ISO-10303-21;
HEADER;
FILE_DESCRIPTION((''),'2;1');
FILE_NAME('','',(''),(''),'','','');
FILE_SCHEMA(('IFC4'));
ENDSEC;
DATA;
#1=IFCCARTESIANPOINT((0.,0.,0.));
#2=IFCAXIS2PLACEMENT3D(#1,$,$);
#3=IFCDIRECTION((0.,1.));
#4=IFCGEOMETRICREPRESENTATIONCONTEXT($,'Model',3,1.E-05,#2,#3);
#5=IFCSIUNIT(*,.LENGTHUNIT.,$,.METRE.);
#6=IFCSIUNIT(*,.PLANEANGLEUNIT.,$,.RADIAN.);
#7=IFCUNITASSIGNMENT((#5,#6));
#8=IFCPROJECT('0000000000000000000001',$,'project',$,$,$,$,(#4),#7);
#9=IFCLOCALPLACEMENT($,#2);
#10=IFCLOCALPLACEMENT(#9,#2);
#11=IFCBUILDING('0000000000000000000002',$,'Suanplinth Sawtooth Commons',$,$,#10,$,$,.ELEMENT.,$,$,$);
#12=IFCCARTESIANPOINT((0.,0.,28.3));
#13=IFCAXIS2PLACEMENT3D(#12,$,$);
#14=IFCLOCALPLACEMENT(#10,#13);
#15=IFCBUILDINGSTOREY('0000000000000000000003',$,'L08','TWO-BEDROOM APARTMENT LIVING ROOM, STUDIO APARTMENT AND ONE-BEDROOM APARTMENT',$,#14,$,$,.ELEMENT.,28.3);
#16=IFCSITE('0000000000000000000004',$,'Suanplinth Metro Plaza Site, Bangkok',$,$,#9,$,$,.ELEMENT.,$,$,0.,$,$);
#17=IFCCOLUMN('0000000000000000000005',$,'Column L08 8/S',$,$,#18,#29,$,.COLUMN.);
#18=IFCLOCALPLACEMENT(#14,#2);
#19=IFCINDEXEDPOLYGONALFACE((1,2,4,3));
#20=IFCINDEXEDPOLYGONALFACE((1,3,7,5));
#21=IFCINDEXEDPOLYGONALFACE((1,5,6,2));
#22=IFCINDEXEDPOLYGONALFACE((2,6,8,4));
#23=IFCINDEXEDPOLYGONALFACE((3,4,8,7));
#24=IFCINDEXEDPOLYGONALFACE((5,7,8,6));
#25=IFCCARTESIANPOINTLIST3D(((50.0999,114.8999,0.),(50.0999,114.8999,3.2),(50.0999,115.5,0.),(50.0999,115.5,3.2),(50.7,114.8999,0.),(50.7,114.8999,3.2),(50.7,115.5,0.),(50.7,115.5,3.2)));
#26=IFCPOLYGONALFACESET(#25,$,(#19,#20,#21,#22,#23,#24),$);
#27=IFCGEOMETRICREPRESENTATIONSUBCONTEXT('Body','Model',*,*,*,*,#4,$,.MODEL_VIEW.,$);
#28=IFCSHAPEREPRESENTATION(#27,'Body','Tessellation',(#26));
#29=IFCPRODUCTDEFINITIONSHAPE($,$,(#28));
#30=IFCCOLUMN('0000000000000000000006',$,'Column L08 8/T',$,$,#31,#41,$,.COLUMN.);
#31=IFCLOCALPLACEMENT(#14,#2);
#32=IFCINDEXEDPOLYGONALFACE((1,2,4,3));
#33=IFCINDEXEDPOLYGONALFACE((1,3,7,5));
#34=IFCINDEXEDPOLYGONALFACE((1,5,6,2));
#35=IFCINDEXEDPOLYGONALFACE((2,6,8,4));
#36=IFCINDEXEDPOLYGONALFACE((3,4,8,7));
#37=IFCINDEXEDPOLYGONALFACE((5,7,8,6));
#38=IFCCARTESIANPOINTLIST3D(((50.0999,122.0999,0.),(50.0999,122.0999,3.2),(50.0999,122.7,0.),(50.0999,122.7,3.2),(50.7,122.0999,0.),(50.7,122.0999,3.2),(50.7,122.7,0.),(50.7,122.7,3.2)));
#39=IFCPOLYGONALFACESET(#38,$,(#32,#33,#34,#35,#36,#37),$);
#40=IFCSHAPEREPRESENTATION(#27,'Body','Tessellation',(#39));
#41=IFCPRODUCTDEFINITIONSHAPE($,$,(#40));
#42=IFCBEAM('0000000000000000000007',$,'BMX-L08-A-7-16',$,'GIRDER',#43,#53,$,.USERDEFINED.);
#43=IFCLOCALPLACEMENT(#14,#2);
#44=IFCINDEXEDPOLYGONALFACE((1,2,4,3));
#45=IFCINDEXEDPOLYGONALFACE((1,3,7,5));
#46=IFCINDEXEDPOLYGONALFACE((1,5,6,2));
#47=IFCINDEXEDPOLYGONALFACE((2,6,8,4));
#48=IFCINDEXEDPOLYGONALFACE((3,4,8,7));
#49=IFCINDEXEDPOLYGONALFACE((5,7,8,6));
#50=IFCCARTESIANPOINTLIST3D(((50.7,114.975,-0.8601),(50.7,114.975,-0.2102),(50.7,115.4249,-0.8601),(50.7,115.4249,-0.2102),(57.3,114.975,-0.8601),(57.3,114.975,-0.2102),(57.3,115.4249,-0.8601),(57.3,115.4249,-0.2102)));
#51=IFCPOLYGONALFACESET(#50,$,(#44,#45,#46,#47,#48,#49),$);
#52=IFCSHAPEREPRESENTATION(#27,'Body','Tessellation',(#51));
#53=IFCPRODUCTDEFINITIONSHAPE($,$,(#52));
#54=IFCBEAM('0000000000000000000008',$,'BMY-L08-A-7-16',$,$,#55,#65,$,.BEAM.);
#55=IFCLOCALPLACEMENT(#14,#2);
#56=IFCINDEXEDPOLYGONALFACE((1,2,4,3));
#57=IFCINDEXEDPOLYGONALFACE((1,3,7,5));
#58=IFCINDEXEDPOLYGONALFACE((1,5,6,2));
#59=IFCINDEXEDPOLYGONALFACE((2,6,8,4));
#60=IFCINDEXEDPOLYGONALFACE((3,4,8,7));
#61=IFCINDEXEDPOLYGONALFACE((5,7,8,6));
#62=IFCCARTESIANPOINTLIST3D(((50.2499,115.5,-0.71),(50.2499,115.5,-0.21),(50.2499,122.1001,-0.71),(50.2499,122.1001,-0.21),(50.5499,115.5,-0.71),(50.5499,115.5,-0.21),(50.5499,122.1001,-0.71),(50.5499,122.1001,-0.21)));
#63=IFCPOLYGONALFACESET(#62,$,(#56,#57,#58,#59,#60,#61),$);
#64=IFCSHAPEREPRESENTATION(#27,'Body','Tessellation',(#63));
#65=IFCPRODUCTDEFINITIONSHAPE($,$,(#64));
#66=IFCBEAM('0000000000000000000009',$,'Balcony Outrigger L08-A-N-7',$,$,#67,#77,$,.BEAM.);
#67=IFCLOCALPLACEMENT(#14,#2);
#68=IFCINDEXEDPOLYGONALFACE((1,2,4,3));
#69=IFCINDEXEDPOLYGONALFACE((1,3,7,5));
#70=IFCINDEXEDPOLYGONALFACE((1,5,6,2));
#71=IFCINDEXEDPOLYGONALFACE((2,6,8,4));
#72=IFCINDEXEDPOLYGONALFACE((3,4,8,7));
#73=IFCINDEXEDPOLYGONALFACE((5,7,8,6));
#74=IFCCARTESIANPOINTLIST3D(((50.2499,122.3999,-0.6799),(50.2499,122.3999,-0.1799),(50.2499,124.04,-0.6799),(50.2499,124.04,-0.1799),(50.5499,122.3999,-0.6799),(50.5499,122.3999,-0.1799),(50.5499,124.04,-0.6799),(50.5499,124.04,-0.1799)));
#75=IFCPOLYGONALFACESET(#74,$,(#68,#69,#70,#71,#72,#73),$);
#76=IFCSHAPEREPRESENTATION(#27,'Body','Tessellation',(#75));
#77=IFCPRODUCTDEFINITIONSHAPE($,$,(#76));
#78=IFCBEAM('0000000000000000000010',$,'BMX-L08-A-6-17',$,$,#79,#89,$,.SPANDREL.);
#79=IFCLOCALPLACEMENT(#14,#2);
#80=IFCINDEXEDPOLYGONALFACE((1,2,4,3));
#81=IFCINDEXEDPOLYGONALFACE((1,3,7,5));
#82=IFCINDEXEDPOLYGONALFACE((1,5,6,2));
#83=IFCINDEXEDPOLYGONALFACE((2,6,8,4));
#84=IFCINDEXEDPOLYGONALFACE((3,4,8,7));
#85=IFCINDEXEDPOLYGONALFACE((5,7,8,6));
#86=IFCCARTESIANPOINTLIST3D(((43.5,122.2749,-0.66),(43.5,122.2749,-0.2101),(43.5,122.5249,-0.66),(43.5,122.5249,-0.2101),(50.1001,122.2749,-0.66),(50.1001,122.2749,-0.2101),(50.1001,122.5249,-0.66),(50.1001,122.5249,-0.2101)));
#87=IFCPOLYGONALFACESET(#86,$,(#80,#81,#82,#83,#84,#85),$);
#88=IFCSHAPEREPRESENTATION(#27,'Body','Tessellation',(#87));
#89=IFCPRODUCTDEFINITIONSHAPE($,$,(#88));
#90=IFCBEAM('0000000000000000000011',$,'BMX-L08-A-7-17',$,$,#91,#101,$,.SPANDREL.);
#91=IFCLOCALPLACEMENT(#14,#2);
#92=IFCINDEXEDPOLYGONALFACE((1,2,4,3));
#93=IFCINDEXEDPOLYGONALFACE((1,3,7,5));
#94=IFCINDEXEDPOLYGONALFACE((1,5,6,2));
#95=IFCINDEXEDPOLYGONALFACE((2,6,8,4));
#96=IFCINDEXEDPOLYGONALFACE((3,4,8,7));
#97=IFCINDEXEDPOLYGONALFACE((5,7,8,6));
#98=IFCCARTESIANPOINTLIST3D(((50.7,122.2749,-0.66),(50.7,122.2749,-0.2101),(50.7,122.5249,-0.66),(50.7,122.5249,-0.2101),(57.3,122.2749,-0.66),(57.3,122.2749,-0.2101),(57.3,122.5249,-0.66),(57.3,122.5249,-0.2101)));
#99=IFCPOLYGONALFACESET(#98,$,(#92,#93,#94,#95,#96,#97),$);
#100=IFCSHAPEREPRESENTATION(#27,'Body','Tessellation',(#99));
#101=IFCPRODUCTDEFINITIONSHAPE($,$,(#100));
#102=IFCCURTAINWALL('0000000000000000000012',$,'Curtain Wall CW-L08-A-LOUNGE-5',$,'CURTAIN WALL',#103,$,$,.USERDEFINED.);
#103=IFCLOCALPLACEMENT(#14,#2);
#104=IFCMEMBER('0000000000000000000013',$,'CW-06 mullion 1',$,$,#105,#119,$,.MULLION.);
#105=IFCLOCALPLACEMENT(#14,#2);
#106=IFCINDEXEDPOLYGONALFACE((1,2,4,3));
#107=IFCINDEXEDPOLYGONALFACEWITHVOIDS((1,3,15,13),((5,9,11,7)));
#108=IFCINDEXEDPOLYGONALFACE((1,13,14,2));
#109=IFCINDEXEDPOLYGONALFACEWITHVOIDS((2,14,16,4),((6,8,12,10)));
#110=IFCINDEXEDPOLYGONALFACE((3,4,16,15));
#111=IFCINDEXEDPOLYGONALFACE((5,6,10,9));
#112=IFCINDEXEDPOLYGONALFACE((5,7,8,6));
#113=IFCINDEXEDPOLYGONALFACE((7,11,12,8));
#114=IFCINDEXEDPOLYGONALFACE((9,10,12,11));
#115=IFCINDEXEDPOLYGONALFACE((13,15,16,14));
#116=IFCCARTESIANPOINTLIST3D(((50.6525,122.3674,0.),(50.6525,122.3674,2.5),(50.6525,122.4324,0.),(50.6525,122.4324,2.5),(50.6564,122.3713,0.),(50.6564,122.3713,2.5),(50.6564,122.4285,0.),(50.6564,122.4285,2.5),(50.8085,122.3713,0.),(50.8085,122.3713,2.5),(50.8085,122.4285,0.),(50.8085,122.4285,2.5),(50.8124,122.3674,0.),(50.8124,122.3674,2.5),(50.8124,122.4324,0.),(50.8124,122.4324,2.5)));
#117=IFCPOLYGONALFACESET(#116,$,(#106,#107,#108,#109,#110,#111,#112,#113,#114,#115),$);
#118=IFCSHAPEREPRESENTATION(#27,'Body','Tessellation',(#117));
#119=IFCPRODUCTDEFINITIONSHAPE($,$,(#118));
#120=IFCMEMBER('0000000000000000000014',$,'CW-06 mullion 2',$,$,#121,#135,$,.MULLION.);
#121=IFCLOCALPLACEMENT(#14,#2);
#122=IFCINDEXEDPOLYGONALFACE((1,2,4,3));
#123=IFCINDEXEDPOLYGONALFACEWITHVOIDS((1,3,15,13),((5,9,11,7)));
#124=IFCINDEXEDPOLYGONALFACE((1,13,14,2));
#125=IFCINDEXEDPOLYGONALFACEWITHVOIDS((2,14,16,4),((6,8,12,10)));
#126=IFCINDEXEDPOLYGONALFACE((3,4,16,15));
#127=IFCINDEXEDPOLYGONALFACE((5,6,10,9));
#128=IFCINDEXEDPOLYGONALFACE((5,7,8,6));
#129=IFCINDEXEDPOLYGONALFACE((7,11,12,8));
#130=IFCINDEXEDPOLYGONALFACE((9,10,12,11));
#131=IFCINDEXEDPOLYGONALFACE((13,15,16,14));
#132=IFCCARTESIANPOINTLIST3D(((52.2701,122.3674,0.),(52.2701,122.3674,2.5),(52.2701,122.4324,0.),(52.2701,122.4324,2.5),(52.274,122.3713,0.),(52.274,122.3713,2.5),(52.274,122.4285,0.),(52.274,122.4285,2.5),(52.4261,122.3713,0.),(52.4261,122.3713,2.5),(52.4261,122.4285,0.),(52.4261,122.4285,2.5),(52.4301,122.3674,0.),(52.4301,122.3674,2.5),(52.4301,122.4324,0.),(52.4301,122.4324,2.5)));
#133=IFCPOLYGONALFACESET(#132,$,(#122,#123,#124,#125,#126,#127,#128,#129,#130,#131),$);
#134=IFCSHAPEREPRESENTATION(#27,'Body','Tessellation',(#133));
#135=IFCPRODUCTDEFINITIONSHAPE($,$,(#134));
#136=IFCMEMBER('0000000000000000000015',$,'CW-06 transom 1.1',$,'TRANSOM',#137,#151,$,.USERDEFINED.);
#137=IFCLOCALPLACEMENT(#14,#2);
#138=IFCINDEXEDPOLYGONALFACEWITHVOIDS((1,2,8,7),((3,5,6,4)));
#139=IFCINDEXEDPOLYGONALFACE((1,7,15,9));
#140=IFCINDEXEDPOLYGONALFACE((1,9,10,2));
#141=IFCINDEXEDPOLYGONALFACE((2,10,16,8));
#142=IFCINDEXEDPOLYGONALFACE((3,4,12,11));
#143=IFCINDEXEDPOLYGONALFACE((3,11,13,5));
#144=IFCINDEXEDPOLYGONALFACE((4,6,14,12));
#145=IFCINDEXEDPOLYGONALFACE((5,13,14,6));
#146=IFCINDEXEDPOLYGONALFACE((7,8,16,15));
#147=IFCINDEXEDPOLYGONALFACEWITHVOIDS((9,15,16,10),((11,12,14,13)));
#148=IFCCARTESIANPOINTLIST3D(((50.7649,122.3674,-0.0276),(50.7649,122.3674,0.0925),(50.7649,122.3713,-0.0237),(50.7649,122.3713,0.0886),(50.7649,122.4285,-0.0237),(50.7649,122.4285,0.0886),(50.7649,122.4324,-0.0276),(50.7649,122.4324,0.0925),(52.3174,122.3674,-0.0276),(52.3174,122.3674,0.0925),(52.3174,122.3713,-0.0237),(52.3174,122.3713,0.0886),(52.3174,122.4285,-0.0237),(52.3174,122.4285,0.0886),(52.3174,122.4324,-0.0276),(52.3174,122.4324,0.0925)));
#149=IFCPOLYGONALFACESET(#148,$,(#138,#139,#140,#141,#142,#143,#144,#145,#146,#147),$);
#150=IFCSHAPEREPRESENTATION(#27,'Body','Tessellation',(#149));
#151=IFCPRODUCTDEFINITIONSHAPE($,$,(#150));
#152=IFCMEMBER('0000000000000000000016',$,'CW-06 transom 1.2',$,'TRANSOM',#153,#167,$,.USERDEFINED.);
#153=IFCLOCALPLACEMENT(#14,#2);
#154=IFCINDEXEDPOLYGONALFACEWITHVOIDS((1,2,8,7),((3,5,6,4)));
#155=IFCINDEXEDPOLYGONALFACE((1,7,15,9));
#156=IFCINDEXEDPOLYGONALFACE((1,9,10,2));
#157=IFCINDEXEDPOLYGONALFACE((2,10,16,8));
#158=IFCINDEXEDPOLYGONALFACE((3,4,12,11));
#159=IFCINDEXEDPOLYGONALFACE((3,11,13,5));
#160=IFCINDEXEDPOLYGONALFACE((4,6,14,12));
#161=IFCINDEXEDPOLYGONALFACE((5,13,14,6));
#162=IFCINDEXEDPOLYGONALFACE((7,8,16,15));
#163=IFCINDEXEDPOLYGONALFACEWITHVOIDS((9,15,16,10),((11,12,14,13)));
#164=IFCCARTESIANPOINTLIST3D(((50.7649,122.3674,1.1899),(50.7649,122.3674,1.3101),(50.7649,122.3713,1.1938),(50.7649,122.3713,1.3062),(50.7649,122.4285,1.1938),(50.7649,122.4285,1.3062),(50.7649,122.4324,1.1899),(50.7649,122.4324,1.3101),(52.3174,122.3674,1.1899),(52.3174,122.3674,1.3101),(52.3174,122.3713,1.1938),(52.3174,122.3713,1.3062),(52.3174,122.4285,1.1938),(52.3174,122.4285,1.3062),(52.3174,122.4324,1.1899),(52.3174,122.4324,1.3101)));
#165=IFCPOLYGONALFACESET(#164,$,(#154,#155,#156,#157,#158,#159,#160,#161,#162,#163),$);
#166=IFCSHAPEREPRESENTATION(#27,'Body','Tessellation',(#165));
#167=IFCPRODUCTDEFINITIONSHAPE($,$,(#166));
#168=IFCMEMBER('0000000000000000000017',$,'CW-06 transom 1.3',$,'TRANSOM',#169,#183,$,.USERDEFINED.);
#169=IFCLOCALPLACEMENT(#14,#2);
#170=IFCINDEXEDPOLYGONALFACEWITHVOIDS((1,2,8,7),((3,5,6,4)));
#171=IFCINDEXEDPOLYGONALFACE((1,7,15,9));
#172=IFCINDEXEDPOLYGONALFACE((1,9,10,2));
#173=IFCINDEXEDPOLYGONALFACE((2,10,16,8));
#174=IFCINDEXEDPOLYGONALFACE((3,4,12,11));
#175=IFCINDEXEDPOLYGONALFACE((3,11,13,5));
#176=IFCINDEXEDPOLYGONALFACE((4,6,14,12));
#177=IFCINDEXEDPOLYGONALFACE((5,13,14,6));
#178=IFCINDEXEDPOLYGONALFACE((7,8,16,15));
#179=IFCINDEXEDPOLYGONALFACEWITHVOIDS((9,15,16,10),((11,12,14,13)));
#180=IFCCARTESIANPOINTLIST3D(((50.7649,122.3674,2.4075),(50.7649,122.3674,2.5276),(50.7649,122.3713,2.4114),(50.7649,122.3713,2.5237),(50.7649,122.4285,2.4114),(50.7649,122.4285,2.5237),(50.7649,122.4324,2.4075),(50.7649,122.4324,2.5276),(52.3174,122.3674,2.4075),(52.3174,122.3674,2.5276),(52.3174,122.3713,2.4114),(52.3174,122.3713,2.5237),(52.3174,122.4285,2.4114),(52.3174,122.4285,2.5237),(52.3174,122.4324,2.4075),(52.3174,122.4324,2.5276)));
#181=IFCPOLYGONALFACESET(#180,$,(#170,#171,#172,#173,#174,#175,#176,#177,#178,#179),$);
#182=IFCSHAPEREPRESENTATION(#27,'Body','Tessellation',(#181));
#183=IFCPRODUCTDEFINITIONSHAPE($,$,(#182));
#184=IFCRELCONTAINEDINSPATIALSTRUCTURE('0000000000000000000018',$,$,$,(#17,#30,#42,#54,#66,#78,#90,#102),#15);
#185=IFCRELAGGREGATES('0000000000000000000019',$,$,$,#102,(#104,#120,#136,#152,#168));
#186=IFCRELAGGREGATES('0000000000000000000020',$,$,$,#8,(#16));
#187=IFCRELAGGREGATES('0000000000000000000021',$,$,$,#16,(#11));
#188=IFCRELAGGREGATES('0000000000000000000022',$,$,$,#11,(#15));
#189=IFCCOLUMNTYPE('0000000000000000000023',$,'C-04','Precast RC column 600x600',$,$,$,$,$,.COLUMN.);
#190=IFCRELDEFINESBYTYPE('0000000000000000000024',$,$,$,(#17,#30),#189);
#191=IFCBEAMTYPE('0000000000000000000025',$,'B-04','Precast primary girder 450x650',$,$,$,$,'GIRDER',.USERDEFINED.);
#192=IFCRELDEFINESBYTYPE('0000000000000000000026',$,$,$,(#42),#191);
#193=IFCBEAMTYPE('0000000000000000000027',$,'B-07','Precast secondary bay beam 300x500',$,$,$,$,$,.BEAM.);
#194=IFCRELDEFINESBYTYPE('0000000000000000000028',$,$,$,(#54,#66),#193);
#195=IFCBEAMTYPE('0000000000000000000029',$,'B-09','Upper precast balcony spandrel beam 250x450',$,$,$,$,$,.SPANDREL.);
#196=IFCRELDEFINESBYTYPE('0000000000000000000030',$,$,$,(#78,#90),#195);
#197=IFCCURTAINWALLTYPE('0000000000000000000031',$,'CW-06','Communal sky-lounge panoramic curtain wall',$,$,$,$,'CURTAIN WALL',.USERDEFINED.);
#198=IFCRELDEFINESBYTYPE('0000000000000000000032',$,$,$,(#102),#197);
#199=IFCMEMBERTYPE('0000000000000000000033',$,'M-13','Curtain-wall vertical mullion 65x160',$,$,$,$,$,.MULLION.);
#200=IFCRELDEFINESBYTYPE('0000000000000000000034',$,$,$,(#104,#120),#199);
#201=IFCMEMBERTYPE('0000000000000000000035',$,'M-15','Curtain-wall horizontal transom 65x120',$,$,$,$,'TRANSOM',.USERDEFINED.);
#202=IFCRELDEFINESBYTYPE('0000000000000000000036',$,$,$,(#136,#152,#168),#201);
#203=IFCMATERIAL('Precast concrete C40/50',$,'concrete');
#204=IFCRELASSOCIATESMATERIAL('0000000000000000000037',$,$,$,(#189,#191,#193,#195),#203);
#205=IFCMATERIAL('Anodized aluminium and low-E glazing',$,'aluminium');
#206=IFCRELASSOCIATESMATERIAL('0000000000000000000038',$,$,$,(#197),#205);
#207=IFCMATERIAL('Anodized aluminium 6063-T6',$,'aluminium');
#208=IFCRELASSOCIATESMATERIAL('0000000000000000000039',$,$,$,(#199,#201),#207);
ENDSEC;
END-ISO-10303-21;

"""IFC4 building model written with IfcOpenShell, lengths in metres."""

from ifc_helpers import new_model, si_unit, direction, frame, origin, origin_2d, place, context, subcontext, project, spatial, rectangle, hollow_rectangle, extrude, material, material_profile, profile_set, type_object, element, aggregate, save


model = new_model("IFC4")

# Units and contexts
model_context = context("Model", 3, precision=1e-05, world=origin(), true_north=direction((0.0, 1.0)))
body_context = subcontext(model_context, "Body", "Model", "MODEL_VIEW")
ifc_project = project(units=[si_unit("LENGTHUNIT", "METRE"), si_unit("PLANEANGLEUNIT", "RADIAN")], contexts=[model_context])

# Site, building, storey
site_placement = place(None, origin())
site = spatial("IfcSite", under=ifc_project, at=site_placement, Name="Suanplinth Metro Plaza Site, Bangkok", CompositionType="ELEMENT", RefElevation=0.0)
building_placement = place(site_placement, origin())
building = spatial("IfcBuilding", under=site, at=building_placement, Name="Suanplinth Sawtooth Commons", CompositionType="ELEMENT")
storey_placement = place(building_placement, frame((0.0, 0.0, 28.3)))
storey = spatial("IfcBuildingStorey", under=building, at=storey_placement, Name="L08", Description="TWO-BEDROOM APARTMENT LIVING ROOM, STUDIO APARTMENT AND ONE-BEDROOM APARTMENT", CompositionType="ELEMENT", Elevation=28.3)

# Columns
ifc_material_1 = material(Name="Precast concrete C40/50", Category="concrete")
ifc_material_profile_1 = material_profile(ifc_material_1, rectangle(XDim=0.6001, YDim=0.6001, at=origin_2d()), Name="PC-COL 600x600")
ifc_profile_set_1 = profile_set([ifc_material_profile_1], Name="Precast concrete C40/50")
column_type = type_object("IfcColumnType", Name="C-04", Description="Precast RC column 600x600", PredefinedType="COLUMN", material=ifc_profile_set_1)
for number, where, z_axis, x_axis, name in (
    (1, (50.3999, 115.2, 0.0), (0.0, 0.0, 1.0), (1.0, 0.0, 0.0), "Column L08 8/S"),
    (2, (50.3999, 122.3999, 0.0), (0.0, 0.0, 1.0), (1.0, 0.0, 0.0), "Column L08 8/T"),
):
    element("IfcColumn", number, at=place(storey_placement, frame(where, z_axis=z_axis, x_axis=x_axis)), inside=storey, type_object=column_type, Name=name, PredefinedType="COLUMN", context=body_context, shape_type="SweptSolid", body=[
        extrude(rectangle(XDim=0.6001, YDim=0.6001, at=origin_2d()), origin(), (0.0, 0.0, 1.0), 3.2),
    ])

# Beams
ifc_material_profile_2 = material_profile(ifc_material_1, rectangle(XDim=0.45, YDim=0.6499, at=origin_2d()), Name="PC-GDR 450x650")
ifc_profile_set_2 = profile_set([ifc_material_profile_2], Name="Precast concrete C40/50")
beam_type_1 = type_object("IfcBeamType", Name="B-04", Description="Precast primary girder 450x650", ElementType="GIRDER", PredefinedType="USERDEFINED", material=ifc_profile_set_2)
beam_1_placement = place(storey_placement, frame((50.7, 115.2, -0.5352), z_axis=(1.0, 0.0, 0.0), x_axis=(0.0, 1.0, 0.0)))
element("IfcBeam", 3, at=beam_1_placement, inside=storey, type_object=beam_type_1, Name="BMX-L08-A-7-16", ObjectType="GIRDER", PredefinedType="USERDEFINED", context=body_context, shape_type="SweptSolid", body=[
    extrude(rectangle(XDim=0.45, YDim=0.6499, at=origin_2d()), origin(), (0.0, 0.0, 1.0), 6.6001),
])
ifc_material_profile_3 = material_profile(ifc_material_1, rectangle(XDim=0.3, YDim=0.5, at=origin_2d()), Name="PC-BM 300x500")
ifc_profile_set_3 = profile_set([ifc_material_profile_3], Name="Precast concrete C40/50")
beam_type_2 = type_object("IfcBeamType", Name="B-07", Description="Precast secondary bay beam 300x500", PredefinedType="BEAM", material=ifc_profile_set_3)
beam_2_placement = place(storey_placement, frame((50.3999, 115.5, -0.46), z_axis=(0.0, 1.0, 0.0), x_axis=(-1.0, 0.0, 0.0)))
element("IfcBeam", 4, at=beam_2_placement, inside=storey, type_object=beam_type_2, Name="BMY-L08-A-7-16", PredefinedType="BEAM", context=body_context, shape_type="SweptSolid", body=[
    extrude(rectangle(XDim=0.3, YDim=0.5, at=origin_2d()), origin(), (0.0, 0.0, 1.0), 6.6001),
])
beam_3_placement = place(storey_placement, frame((50.3999, 122.3999, -0.4299), z_axis=(0.0, 1.0, 0.0), x_axis=(-1.0, 0.0, 0.0)))
element("IfcBeam", 5, at=beam_3_placement, inside=storey, type_object=beam_type_2, Name="Balcony Outrigger L08-A-N-7", PredefinedType="BEAM", context=body_context, shape_type="SweptSolid", body=[
    extrude(rectangle(XDim=0.3, YDim=0.5, at=origin_2d()), origin(), (0.0, 0.0, 1.0), 1.6401),
])
ifc_material_profile_4 = material_profile(ifc_material_1, rectangle(XDim=0.25, YDim=0.45, at=origin_2d()), Name="PC-SP 250x450")
ifc_profile_set_4 = profile_set([ifc_material_profile_4], Name="Precast concrete C40/50")
beam_type_3 = type_object("IfcBeamType", Name="B-09", Description="Upper precast balcony spandrel beam 250x450", PredefinedType="SPANDREL", material=ifc_profile_set_4)
for number, where, z_axis, x_axis, name in (
    (6, (43.5, 122.3999, -0.4351), (1.0, 0.0, 0.0), (0.0, 1.0, 0.0), "BMX-L08-A-6-17"),
    (7, (50.7, 122.3999, -0.4351), (1.0, 0.0, 0.0), (0.0, 1.0, 0.0), "BMX-L08-A-7-17"),
):
    element("IfcBeam", number, at=place(storey_placement, frame(where, z_axis=z_axis, x_axis=x_axis)), inside=storey, type_object=beam_type_3, Name=name, PredefinedType="SPANDREL", context=body_context, shape_type="SweptSolid", body=[
        extrude(rectangle(XDim=0.25, YDim=0.45, at=origin_2d()), origin(), (0.0, 0.0, 1.0), 6.6001),
    ])

# Curtain wall, members
ifc_material_2 = material(Name="Anodized aluminium and low-E glazing", Category="aluminium")
curtain_wall_type = type_object("IfcCurtainWallType", Name="CW-06", Description="Communal sky-lounge panoramic curtain wall", ElementType="CURTAIN WALL", PredefinedType="USERDEFINED", material=ifc_material_2)
curtain_wall_placement = place(storey_placement, origin())
curtain_wall = element("IfcCurtainWall", 8, at=curtain_wall_placement, inside=storey, type_object=curtain_wall_type, Name="Curtain Wall CW-L08-A-LOUNGE-5", ObjectType="CURTAIN WALL", PredefinedType="USERDEFINED")
ifc_material_3 = material(Name="Anodized aluminium 6063-T6", Category="aluminium")
ifc_material_profile_5 = material_profile(ifc_material_3, hollow_rectangle(XDim=0.0649, YDim=0.1599, WallThickness=0.0039, at=origin_2d()), Name="ALU-MUL 65x160")
ifc_profile_set_5 = profile_set([ifc_material_profile_5], Name="Anodized aluminium 6063-T6")
member_type_1 = type_object("IfcMemberType", Name="M-13", Description="Curtain-wall vertical mullion 65x160", PredefinedType="MULLION", material=ifc_profile_set_5)
member_1_placement = place(storey_placement, frame((50.7324, 122.3999, 0.0), z_axis=(0.0, 0.0, 1.0), x_axis=(0.0, 1.0, 0.0)))
member_1 = element("IfcMember", 9, at=member_1_placement, type_object=member_type_1, Name="CW-06 mullion 1", PredefinedType="MULLION", context=body_context, shape_type="SweptSolid", body=[
    extrude(hollow_rectangle(XDim=0.0649, YDim=0.1599, WallThickness=0.0039, at=origin_2d()), origin(), (0.0, 0.0, 1.0), 2.5),
])
member_2_placement = place(storey_placement, frame((52.3501, 122.3999, 0.0), z_axis=(0.0, 0.0, 1.0), x_axis=(0.0, 1.0, 0.0)))
member_2 = element("IfcMember", 10, at=member_2_placement, type_object=member_type_1, Name="CW-06 mullion 2", PredefinedType="MULLION", context=body_context, shape_type="SweptSolid", body=[
    extrude(hollow_rectangle(XDim=0.0649, YDim=0.1599, WallThickness=0.0039, at=origin_2d()), origin(), (0.0, 0.0, 1.0), 2.5),
])
ifc_material_profile_6 = material_profile(ifc_material_3, hollow_rectangle(XDim=0.0649, YDim=0.1201, WallThickness=0.0039, at=origin_2d()), Name="ALU-TRN 65x120")
ifc_profile_set_6 = profile_set([ifc_material_profile_6], Name="Anodized aluminium 6063-T6")
member_type_2 = type_object("IfcMemberType", Name="M-15", Description="Curtain-wall horizontal transom 65x120", ElementType="TRANSOM", PredefinedType="USERDEFINED", material=ifc_profile_set_6)
member_3_placement = place(storey_placement, frame((50.7649, 122.3999, 0.0325), z_axis=(1.0, 0.0, 0.0), x_axis=(0.0, 1.0, 0.0)))
member_3 = element("IfcMember", 11, at=member_3_placement, type_object=member_type_2, Name="CW-06 transom 1.1", ObjectType="TRANSOM", PredefinedType="USERDEFINED", context=body_context, shape_type="SweptSolid", body=[
    extrude(hollow_rectangle(XDim=0.0649, YDim=0.1201, WallThickness=0.0039, at=origin_2d()), origin(), (0.0, 0.0, 1.0), 1.5525),
])
member_4_placement = place(storey_placement, frame((50.7649, 122.3999, 1.25), z_axis=(1.0, 0.0, 0.0), x_axis=(0.0, 1.0, 0.0)))
member_4 = element("IfcMember", 12, at=member_4_placement, type_object=member_type_2, Name="CW-06 transom 1.2", ObjectType="TRANSOM", PredefinedType="USERDEFINED", context=body_context, shape_type="SweptSolid", body=[
    extrude(hollow_rectangle(XDim=0.0649, YDim=0.1201, WallThickness=0.0039, at=origin_2d()), origin(), (0.0, 0.0, 1.0), 1.5525),
])
member_5_placement = place(storey_placement, frame((50.7649, 122.3999, 2.4675), z_axis=(1.0, 0.0, 0.0), x_axis=(0.0, 1.0, 0.0)))
member_5 = element("IfcMember", 13, at=member_5_placement, type_object=member_type_2, Name="CW-06 transom 1.3", ObjectType="TRANSOM", PredefinedType="USERDEFINED", context=body_context, shape_type="SweptSolid", body=[
    extrude(hollow_rectangle(XDim=0.0649, YDim=0.1201, WallThickness=0.0039, at=origin_2d()), origin(), (0.0, 0.0, 1.0), 1.5525),
])
aggregate(curtain_wall, [member_1, member_2, member_3, member_4, member_5])

save(model, "model.ifc")
